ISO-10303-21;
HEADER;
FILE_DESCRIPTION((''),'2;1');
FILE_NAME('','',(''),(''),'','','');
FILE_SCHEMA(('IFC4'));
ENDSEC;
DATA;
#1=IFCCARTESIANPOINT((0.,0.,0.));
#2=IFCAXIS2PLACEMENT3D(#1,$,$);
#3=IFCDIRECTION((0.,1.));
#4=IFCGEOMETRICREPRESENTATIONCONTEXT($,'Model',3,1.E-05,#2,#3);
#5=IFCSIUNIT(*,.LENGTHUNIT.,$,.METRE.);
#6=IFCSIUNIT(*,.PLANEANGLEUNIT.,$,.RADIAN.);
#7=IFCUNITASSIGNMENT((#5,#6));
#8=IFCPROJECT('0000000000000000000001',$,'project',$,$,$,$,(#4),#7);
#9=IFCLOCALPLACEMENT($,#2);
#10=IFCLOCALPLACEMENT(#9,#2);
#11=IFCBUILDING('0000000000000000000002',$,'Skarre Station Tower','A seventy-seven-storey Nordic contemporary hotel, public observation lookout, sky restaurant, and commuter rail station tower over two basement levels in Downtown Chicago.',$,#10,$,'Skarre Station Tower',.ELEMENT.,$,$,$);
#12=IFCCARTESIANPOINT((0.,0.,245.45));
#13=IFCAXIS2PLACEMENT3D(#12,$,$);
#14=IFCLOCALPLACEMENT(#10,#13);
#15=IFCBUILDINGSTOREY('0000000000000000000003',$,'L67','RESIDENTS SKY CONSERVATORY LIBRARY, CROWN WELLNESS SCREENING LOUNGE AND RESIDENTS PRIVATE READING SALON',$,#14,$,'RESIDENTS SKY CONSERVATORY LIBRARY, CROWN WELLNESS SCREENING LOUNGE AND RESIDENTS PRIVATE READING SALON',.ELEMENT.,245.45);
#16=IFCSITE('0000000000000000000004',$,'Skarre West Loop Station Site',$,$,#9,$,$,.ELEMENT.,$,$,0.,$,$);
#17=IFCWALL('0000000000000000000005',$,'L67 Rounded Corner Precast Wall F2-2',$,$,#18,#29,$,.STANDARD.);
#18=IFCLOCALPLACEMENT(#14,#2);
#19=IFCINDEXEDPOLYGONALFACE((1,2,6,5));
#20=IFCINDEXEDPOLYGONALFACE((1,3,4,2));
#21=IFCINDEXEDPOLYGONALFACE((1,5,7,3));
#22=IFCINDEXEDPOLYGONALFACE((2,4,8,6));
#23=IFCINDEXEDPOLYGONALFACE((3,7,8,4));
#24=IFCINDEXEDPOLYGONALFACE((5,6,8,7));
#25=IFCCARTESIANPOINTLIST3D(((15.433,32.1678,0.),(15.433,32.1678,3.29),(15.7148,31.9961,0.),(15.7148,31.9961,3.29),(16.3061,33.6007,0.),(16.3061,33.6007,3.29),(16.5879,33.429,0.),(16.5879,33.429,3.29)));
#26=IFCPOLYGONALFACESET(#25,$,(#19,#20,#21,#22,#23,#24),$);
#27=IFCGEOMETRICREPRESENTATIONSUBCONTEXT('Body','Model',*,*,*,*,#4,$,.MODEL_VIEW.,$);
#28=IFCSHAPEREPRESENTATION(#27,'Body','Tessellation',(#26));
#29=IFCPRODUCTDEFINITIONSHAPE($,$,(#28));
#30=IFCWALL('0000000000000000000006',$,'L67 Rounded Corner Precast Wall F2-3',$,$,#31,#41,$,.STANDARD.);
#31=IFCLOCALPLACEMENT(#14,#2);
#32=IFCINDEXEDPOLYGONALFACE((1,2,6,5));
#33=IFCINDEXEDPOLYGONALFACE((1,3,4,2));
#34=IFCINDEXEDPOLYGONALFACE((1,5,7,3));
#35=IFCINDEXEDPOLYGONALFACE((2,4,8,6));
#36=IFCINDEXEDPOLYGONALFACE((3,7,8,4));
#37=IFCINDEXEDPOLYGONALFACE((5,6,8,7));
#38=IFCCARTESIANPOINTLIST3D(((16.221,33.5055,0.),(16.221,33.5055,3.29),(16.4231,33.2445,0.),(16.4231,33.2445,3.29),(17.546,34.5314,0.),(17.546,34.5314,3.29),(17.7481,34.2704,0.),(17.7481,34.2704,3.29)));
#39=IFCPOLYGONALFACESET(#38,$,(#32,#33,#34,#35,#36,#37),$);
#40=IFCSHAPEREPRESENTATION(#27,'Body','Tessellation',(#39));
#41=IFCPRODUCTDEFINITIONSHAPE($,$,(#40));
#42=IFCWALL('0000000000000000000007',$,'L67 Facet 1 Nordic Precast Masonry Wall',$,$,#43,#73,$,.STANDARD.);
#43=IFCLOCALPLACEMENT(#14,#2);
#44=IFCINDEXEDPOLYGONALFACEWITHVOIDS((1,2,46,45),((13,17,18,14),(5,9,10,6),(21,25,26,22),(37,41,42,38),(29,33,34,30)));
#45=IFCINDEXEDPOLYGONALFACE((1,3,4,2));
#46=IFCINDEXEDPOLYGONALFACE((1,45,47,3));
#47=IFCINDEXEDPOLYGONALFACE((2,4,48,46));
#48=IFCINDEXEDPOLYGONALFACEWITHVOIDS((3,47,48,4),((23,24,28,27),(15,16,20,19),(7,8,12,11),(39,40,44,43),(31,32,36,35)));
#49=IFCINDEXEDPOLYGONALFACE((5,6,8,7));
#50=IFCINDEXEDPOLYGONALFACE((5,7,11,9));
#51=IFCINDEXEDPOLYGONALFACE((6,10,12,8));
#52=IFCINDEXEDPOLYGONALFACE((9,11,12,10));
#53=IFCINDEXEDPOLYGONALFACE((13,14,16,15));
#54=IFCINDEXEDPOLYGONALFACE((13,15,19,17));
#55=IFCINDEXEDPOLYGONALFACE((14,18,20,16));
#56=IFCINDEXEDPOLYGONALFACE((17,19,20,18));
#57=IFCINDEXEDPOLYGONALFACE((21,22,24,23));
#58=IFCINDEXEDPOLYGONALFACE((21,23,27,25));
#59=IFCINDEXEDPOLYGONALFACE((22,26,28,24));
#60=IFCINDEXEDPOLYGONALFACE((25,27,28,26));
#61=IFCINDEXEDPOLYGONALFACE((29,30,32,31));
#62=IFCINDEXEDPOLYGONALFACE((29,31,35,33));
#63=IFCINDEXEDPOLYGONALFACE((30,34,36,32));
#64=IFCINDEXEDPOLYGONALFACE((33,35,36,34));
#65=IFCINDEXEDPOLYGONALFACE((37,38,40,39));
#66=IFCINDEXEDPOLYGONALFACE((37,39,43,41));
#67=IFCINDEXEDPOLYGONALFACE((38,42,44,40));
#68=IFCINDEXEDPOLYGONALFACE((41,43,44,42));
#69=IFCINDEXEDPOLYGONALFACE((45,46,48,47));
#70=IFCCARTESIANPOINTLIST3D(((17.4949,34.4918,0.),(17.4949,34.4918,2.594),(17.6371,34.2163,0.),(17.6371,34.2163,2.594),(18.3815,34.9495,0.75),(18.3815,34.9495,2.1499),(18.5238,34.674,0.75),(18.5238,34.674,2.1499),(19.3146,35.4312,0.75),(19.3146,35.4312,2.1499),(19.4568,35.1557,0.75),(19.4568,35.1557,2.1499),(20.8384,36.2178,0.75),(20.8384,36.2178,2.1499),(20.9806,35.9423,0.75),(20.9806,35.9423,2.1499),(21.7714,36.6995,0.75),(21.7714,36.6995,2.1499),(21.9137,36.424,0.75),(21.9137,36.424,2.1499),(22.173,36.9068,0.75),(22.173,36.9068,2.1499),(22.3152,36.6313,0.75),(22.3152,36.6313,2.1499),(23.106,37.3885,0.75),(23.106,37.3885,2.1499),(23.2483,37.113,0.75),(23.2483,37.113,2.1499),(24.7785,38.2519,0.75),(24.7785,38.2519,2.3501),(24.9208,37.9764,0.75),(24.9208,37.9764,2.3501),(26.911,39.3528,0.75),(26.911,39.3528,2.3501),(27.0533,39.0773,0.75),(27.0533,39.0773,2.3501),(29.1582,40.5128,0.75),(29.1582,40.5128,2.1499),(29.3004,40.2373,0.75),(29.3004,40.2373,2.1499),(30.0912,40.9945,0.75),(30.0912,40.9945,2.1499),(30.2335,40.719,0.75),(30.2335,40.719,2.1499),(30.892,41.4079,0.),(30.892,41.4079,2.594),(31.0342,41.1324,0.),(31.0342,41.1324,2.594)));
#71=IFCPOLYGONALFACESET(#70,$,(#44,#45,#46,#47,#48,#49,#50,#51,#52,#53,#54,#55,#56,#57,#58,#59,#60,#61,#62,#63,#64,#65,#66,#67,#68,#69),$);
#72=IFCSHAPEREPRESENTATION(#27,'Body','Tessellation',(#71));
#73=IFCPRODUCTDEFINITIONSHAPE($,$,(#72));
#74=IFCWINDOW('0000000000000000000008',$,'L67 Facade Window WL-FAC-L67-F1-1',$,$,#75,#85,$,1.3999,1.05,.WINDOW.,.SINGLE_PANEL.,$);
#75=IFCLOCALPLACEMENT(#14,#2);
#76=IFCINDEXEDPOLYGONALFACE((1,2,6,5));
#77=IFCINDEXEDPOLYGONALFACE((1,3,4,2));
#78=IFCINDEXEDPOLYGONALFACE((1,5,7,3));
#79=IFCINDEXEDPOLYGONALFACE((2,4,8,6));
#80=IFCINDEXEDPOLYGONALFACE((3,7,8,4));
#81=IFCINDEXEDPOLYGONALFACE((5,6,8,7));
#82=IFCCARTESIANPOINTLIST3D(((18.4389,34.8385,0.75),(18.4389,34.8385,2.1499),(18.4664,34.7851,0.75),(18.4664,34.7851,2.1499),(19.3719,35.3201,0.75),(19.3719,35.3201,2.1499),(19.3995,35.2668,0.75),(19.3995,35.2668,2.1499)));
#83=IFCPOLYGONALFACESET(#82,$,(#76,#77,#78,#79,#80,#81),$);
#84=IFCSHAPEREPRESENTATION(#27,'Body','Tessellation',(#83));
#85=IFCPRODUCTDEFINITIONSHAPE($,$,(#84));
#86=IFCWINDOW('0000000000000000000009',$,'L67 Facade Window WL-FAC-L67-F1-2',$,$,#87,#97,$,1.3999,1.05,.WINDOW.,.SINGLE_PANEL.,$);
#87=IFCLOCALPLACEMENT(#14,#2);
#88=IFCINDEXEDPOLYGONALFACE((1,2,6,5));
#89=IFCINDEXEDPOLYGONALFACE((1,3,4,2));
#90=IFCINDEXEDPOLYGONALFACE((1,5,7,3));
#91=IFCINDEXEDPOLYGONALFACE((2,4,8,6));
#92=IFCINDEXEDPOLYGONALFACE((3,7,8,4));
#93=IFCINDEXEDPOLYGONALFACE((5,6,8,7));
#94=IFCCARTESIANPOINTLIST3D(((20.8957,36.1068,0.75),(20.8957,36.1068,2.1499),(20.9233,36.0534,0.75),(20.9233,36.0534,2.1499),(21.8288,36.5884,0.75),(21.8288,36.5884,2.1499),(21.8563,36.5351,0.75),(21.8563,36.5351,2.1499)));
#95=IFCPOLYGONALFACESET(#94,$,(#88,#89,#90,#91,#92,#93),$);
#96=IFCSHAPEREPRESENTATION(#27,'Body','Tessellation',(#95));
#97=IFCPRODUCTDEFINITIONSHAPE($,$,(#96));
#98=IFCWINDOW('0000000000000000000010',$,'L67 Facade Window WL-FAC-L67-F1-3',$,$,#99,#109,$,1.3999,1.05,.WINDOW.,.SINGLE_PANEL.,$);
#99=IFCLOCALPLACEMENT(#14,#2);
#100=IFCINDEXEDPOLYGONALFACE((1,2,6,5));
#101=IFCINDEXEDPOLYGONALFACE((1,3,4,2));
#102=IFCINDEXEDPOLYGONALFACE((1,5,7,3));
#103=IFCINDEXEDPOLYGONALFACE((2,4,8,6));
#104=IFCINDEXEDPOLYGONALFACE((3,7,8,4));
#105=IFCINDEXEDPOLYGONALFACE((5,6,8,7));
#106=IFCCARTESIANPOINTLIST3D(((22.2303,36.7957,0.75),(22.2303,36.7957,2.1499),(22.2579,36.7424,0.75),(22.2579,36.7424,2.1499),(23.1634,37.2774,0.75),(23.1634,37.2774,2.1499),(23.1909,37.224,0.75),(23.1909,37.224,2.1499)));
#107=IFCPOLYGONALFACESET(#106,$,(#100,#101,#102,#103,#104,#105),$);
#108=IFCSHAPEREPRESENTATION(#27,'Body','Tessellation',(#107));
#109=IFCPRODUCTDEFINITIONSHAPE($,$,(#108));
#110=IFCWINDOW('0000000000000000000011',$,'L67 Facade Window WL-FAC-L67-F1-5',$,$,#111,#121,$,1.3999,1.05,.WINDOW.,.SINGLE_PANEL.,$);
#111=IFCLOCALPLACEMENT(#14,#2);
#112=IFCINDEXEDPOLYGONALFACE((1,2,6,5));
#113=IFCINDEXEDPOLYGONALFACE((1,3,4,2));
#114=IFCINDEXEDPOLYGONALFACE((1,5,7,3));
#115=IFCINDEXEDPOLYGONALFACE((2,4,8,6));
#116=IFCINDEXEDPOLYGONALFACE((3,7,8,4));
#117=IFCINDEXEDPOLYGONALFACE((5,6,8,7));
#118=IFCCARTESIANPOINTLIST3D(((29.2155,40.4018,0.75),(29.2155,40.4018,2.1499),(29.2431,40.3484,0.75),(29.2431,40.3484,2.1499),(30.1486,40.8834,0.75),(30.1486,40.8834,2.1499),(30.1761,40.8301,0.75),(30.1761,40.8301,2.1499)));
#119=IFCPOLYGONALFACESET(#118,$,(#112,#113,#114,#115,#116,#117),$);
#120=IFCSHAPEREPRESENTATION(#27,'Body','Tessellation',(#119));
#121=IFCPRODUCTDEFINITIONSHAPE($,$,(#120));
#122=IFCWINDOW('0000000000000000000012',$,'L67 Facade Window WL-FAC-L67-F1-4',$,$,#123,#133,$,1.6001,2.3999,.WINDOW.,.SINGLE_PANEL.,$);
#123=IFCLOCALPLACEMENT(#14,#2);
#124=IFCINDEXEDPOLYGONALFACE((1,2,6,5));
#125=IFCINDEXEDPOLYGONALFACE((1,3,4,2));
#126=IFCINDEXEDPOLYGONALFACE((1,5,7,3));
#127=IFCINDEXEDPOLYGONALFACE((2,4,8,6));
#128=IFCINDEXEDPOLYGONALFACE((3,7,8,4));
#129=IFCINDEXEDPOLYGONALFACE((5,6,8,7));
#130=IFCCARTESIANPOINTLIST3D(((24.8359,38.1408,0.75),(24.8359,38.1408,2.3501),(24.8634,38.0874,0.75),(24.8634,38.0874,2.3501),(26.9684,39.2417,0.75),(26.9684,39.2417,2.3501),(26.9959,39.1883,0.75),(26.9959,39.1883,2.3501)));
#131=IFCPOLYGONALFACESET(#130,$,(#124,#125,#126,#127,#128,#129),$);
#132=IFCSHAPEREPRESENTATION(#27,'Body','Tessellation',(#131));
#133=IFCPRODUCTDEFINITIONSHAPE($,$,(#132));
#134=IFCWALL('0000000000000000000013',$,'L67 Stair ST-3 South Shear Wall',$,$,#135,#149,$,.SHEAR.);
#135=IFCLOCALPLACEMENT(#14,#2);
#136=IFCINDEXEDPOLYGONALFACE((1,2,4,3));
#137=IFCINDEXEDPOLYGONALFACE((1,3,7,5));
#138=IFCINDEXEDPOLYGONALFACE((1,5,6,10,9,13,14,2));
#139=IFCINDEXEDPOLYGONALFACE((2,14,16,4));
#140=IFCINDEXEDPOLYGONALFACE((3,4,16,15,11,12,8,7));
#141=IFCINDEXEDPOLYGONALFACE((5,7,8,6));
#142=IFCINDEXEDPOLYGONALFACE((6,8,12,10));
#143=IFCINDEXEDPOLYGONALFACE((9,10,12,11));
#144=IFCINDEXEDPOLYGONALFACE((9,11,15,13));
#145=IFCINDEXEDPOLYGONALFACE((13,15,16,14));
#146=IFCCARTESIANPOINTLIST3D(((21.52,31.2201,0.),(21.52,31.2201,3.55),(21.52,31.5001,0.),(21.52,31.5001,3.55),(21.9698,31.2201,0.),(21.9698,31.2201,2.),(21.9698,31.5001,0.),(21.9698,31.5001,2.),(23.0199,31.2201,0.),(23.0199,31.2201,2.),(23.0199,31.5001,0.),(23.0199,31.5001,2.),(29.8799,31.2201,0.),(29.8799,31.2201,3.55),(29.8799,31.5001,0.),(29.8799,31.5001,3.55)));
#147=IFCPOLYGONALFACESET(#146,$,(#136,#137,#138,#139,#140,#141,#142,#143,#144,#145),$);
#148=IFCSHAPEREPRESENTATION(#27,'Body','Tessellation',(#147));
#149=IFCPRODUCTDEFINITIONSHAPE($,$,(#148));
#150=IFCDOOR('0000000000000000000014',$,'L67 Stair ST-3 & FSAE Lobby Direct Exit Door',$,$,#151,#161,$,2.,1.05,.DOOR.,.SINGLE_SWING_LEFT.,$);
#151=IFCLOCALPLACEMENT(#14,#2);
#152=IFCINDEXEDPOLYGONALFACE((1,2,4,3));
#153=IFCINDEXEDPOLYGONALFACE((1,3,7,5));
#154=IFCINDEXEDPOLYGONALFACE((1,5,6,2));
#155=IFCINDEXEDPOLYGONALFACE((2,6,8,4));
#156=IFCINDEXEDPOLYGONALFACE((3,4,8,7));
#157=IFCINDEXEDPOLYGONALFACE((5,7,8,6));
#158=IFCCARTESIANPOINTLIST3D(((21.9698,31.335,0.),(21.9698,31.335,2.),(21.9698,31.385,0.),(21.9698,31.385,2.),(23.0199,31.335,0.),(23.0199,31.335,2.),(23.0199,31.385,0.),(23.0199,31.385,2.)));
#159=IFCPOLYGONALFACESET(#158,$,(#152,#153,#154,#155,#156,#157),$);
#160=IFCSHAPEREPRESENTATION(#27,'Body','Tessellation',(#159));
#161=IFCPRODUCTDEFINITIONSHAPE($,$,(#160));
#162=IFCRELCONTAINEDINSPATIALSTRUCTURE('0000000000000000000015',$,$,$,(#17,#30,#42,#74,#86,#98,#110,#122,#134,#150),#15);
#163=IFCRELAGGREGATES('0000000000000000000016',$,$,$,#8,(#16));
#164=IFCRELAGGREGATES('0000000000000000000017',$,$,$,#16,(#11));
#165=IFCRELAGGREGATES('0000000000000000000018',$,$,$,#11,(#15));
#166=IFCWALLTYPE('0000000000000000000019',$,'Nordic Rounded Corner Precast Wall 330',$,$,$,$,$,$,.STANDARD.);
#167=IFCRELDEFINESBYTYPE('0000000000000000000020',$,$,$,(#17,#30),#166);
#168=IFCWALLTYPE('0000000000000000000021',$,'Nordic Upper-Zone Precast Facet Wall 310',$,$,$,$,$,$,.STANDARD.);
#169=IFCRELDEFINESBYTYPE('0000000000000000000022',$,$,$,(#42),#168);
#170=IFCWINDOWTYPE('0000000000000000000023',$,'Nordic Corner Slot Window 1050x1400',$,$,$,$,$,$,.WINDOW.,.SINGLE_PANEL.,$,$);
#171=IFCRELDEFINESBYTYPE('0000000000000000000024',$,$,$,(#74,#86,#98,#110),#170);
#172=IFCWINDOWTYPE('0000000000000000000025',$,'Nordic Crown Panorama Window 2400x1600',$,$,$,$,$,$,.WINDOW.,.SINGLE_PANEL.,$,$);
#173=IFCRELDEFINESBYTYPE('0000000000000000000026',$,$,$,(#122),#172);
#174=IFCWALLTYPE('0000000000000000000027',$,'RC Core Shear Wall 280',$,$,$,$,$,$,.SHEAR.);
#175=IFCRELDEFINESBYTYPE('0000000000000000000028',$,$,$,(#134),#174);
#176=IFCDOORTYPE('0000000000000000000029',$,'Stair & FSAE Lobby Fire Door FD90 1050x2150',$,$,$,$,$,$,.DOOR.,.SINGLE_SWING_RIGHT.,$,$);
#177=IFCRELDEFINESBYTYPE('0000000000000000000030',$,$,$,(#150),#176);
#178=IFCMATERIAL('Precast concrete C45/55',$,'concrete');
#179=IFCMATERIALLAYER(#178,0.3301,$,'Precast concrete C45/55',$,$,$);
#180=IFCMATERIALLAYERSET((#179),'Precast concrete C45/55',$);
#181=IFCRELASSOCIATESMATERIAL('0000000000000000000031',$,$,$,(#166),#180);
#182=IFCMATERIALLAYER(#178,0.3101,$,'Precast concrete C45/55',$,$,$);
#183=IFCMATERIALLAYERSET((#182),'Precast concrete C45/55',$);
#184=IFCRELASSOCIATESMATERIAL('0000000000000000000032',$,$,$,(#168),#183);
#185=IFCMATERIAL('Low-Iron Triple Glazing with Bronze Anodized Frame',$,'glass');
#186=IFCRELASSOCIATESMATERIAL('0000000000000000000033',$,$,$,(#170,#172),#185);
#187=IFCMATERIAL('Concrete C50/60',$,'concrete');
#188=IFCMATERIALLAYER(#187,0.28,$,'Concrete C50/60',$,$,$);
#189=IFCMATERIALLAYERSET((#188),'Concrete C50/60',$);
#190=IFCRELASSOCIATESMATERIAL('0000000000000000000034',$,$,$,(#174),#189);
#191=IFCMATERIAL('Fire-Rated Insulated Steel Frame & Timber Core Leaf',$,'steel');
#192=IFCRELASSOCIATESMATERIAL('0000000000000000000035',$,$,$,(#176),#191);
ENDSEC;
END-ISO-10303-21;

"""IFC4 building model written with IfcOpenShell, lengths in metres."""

from ifc_helpers import new_model, si_unit, direction, frame, frame_2d, origin, place, context, subcontext, project, spatial, rectangle, extrude, material, layer, layer_set, type_object, element, fill, save


model = new_model("IFC4")

# Units and contexts
model_context = context("Model", 3, precision=1e-05, world=origin(), true_north=direction((0.0, 1.0)))
body_context = subcontext(model_context, "Body", "Model", "MODEL_VIEW")
ifc_project = project(units=[si_unit("LENGTHUNIT", "METRE"), si_unit("PLANEANGLEUNIT", "RADIAN")], contexts=[model_context])

# Site, building, storey
site_placement = place(None, origin())
site = spatial("IfcSite", under=ifc_project, at=site_placement, Name="Skarre West Loop Station Site", CompositionType="ELEMENT", RefElevation=0.0)
building_placement = place(site_placement, origin())
building = spatial("IfcBuilding", under=site, at=building_placement, Name="Skarre Station Tower", Description="A seventy-seven-storey Nordic contemporary hotel, public observation lookout, sky restaurant, and commuter rail station tower over two basement levels in Downtown Chicago.", LongName="Skarre Station Tower", CompositionType="ELEMENT")
storey_placement = place(building_placement, frame((0.0, 0.0, 245.45)))
storey = spatial("IfcBuildingStorey", under=building, at=storey_placement, Name="L67", Description="RESIDENTS SKY CONSERVATORY LIBRARY, CROWN WELLNESS SCREENING LOUNGE AND RESIDENTS PRIVATE READING SALON", LongName="RESIDENTS SKY CONSERVATORY LIBRARY, CROWN WELLNESS SCREENING LOUNGE AND RESIDENTS PRIVATE READING SALON", CompositionType="ELEMENT", Elevation=245.45)

# Shared definitions
ifc_material_1 = material(Name="Concrete C50/60", Category="concrete")

# Walls
ifc_material_2 = material(Name="Precast concrete C45/55", Category="concrete")
ifc_layer_1 = layer(ifc_material_2, 0.3301, Name="Precast concrete C45/55")
ifc_layer_set_1 = layer_set([ifc_layer_1], Name="Precast concrete C45/55")
wall_type_1 = type_object("IfcWallType", Name="Nordic Rounded Corner Precast Wall 330", PredefinedType="STANDARD", material=ifc_layer_set_1)
wall_1_placement = place(storey_placement, frame((15.574, 32.082, 0.0), z_axis=(0.0, 0.0, 1.0), x_axis=(0.520325, 0.853968, 0.0)))
element("IfcWall", 1, at=wall_1_placement, inside=storey, type_object=wall_type_1, Name="L67 Rounded Corner Precast Wall F2-2", PredefinedType="STANDARD", context=body_context, shape_type="SweptSolid", body=[
    extrude(rectangle(XDim=1.678, YDim=0.3301, at=frame_2d((0.8389, 0.0))), origin(), (0.0, 0.0, 1.0), 3.29),
])
wall_2_placement = place(storey_placement, frame((16.322, 33.375, 0.0), z_axis=(0.0, 0.0, 1.0), x_axis=(0.790692, 0.612214, 0.0)))
element("IfcWall", 2, at=wall_2_placement, inside=storey, type_object=wall_type_1, Name="L67 Rounded Corner Precast Wall F2-3", PredefinedType="STANDARD", context=body_context, shape_type="SweptSolid", body=[
    extrude(rectangle(XDim=1.6758, YDim=0.3301, at=frame_2d((0.8379, 0.0))), origin(), (0.0, 0.0, 1.0), 3.29),
])

# Wall, openings, windows
ifc_layer_2 = layer(ifc_material_2, 0.3101, Name="Precast concrete C45/55")
ifc_layer_set_2 = layer_set([ifc_layer_2], Name="Precast concrete C45/55")
wall_type_2 = type_object("IfcWallType", Name="Nordic Upper-Zone Precast Facet Wall 310", PredefinedType="STANDARD", material=ifc_layer_set_2)
wall_3_placement = place(storey_placement, frame((17.5659, 34.354, 0.0), z_axis=(0.0, 0.0, 1.0), x_axis=(0.888581, 0.458719, 0.0)))
wall_3 = element("IfcWall", 3, at=wall_3_placement, inside=storey, type_object=wall_type_2, Name="L67 Facet 1 Nordic Precast Masonry Wall", PredefinedType="STANDARD", context=body_context, shape_type="SweptSolid", body=[
    extrude(rectangle(XDim=15.0769, YDim=0.3101, at=frame_2d((7.5386, 0.0))), origin(), (0.0, 0.0, 1.0), 2.594),
])
opening_1_placement = place(wall_3_placement, frame((0.998, 0.0, 0.75)))
opening_1 = element("IfcOpeningElement", 4, at=opening_1_placement, cuts=wall_3, PredefinedType="OPENING", context=body_context, shape_type="SweptSolid", body=[
    extrude(rectangle(XDim=1.05, YDim=1.3999, at=frame_2d((0.5249, 0.7))), frame((0.0, 0.165, 0.0), z_axis=(0.0, -1.0, 0.0), x_axis=(1.0, 0.0, 0.0)), (0.0, 0.0, 1.0), 0.3301),
])
opening_2_placement = place(wall_3_placement, frame((3.7629, 0.0, 0.75)))
opening_2 = element("IfcOpeningElement", 5, at=opening_2_placement, cuts=wall_3, PredefinedType="OPENING", context=body_context, shape_type="SweptSolid", body=[
    extrude(rectangle(XDim=1.05, YDim=1.3999, at=frame_2d((0.5249, 0.7))), frame((0.0, 0.165, 0.0), z_axis=(0.0, -1.0, 0.0), x_axis=(1.0, 0.0, 0.0)), (0.0, 0.0, 1.0), 0.3301),
])
opening_3_placement = place(wall_3_placement, frame((5.2649, 0.0, 0.75)))
opening_3 = element("IfcOpeningElement", 6, at=opening_3_placement, cuts=wall_3, PredefinedType="OPENING", context=body_context, shape_type="SweptSolid", body=[
    extrude(rectangle(XDim=1.05, YDim=1.3999, at=frame_2d((0.5249, 0.7))), frame((0.0, 0.165, 0.0), z_axis=(0.0, -1.0, 0.0), x_axis=(1.0, 0.0, 0.0)), (0.0, 0.0, 1.0), 0.3301),
])
opening_4_placement = place(wall_3_placement, frame((8.197, 0.0, 0.75)))
opening_4 = element("IfcOpeningElement", 7, at=opening_4_placement, cuts=wall_3, PredefinedType="OPENING", context=body_context, shape_type="SweptSolid", body=[
    extrude(rectangle(XDim=2.3999, YDim=1.6001, at=frame_2d((1.2, 0.8))), frame((0.0, 0.165, 0.0), z_axis=(0.0, -1.0, 0.0), x_axis=(1.0, 0.0, 0.0)), (0.0, 0.0, 1.0), 0.3301),
])
opening_5_placement = place(wall_3_placement, frame((13.126, 0.0, 0.75)))
opening_5 = element("IfcOpeningElement", 8, at=opening_5_placement, cuts=wall_3, PredefinedType="OPENING", context=body_context, shape_type="SweptSolid", body=[
    extrude(rectangle(XDim=1.05, YDim=1.3999, at=frame_2d((0.5249, 0.7))), frame((0.0, 0.165, 0.0), z_axis=(0.0, -1.0, 0.0), x_axis=(1.0, 0.0, 0.0)), (0.0, 0.0, 1.0), 0.3301),
])
ifc_material_3 = material(Name="Low-Iron Triple Glazing with Bronze Anodized Frame", Category="glass")
window_type_1 = type_object("IfcWindowType", Name="Nordic Corner Slot Window 1050x1400", PartitioningType="SINGLE_PANEL", PredefinedType="WINDOW", material=ifc_material_3)
window_1_placement = place(opening_1_placement, origin())
window_1 = element("IfcWindow", 9, at=window_1_placement, inside=storey, type_object=window_type_1, Name="L67 Facade Window WL-FAC-L67-F1-1", OverallHeight=1.3999, OverallWidth=1.05, PartitioningType="SINGLE_PANEL", PredefinedType="WINDOW", context=body_context, shape_type="SweptSolid", body=[
    extrude(rectangle(XDim=1.05, YDim=1.3999, at=frame_2d((0.5249, 0.7))), frame((0.0, 0.03, 0.0), z_axis=(0.0, -1.0, 0.0), x_axis=(1.0, 0.0, 0.0)), (0.0, 0.0, 1.0), 0.0601),
])
fill(opening_1, window_1)
window_2_placement = place(opening_2_placement, origin())
window_2 = element("IfcWindow", 10, at=window_2_placement, inside=storey, type_object=window_type_1, Name="L67 Facade Window WL-FAC-L67-F1-2", OverallHeight=1.3999, OverallWidth=1.05, PartitioningType="SINGLE_PANEL", PredefinedType="WINDOW", context=body_context, shape_type="SweptSolid", body=[
    extrude(rectangle(XDim=1.05, YDim=1.3999, at=frame_2d((0.5249, 0.7))), frame((0.0, 0.03, 0.0), z_axis=(0.0, -1.0, 0.0), x_axis=(1.0, 0.0, 0.0)), (0.0, 0.0, 1.0), 0.0601),
])
fill(opening_2, window_2)
window_3_placement = place(opening_3_placement, origin())
window_3 = element("IfcWindow", 11, at=window_3_placement, inside=storey, type_object=window_type_1, Name="L67 Facade Window WL-FAC-L67-F1-3", OverallHeight=1.3999, OverallWidth=1.05, PartitioningType="SINGLE_PANEL", PredefinedType="WINDOW", context=body_context, shape_type="SweptSolid", body=[
    extrude(rectangle(XDim=1.05, YDim=1.3999, at=frame_2d((0.5249, 0.7))), frame((0.0, 0.03, 0.0), z_axis=(0.0, -1.0, 0.0), x_axis=(1.0, 0.0, 0.0)), (0.0, 0.0, 1.0), 0.0601),
])
fill(opening_3, window_3)
window_4_placement = place(opening_5_placement, origin())
window_4 = element("IfcWindow", 12, at=window_4_placement, inside=storey, type_object=window_type_1, Name="L67 Facade Window WL-FAC-L67-F1-5", OverallHeight=1.3999, OverallWidth=1.05, PartitioningType="SINGLE_PANEL", PredefinedType="WINDOW", context=body_context, shape_type="SweptSolid", body=[
    extrude(rectangle(XDim=1.05, YDim=1.3999, at=frame_2d((0.5249, 0.7))), frame((0.0, 0.03, 0.0), z_axis=(0.0, -1.0, 0.0), x_axis=(1.0, 0.0, 0.0)), (0.0, 0.0, 1.0), 0.0601),
])
fill(opening_5, window_4)
window_type_2 = type_object("IfcWindowType", Name="Nordic Crown Panorama Window 2400x1600", PartitioningType="SINGLE_PANEL", PredefinedType="WINDOW", material=ifc_material_3)
window_5_placement = place(opening_4_placement, origin())
window_5 = element("IfcWindow", 13, at=window_5_placement, inside=storey, type_object=window_type_2, Name="L67 Facade Window WL-FAC-L67-F1-4", OverallHeight=1.6001, OverallWidth=2.3999, PartitioningType="SINGLE_PANEL", PredefinedType="WINDOW", context=body_context, shape_type="SweptSolid", body=[
    extrude(rectangle(XDim=2.3999, YDim=1.6001, at=frame_2d((1.2, 0.8))), frame((0.0, 0.03, 0.0), z_axis=(0.0, -1.0, 0.0), x_axis=(1.0, 0.0, 0.0)), (0.0, 0.0, 1.0), 0.0601),
])
fill(opening_4, window_5)

# Wall, opening, door
ifc_layer_3 = layer(ifc_material_1, 0.28, Name="Concrete C50/60")
ifc_layer_set_3 = layer_set([ifc_layer_3], Name="Concrete C50/60")
wall_type_3 = type_object("IfcWallType", Name="RC Core Shear Wall 280", PredefinedType="SHEAR", material=ifc_layer_set_3)
wall_4_placement = place(storey_placement, frame((21.52, 31.3601, 0.0), z_axis=(0.0, 0.0, 1.0), x_axis=(1.0, 0.0, 0.0)))
wall_4 = element("IfcWall", 14, at=wall_4_placement, inside=storey, type_object=wall_type_3, Name="L67 Stair ST-3 South Shear Wall", PredefinedType="SHEAR", context=body_context, shape_type="SweptSolid", body=[
    extrude(rectangle(XDim=8.3599, YDim=0.28, at=frame_2d((4.1799, 0.0))), origin(), (0.0, 0.0, 1.0), 3.55),
])
opening_6_placement = place(wall_4_placement, frame((0.45, 0.0, 0.0)))
opening_6 = element("IfcOpeningElement", 15, at=opening_6_placement, cuts=wall_4, PredefinedType="OPENING", context=body_context, shape_type="SweptSolid", body=[
    extrude(rectangle(XDim=1.05, YDim=2.0, at=frame_2d((0.5249, 1.0))), frame((0.0, 0.1499, 0.0), z_axis=(0.0, -1.0, 0.0), x_axis=(1.0, 0.0, 0.0)), (0.0, 0.0, 1.0), 0.3),
])
ifc_material_4 = material(Name="Fire-Rated Insulated Steel Frame & Timber Core Leaf", Category="steel")
door_type_1 = type_object("IfcDoorType", Name="Stair & FSAE Lobby Fire Door FD90 1050x2150", OperationType="SINGLE_SWING_RIGHT", PredefinedType="DOOR", material=ifc_material_4)
door_1_placement = place(opening_6_placement, origin())
door_1 = element("IfcDoor", 16, at=door_1_placement, inside=storey, type_object=door_type_1, Name="L67 Stair ST-3 & FSAE Lobby Direct Exit Door", OperationType="SINGLE_SWING_LEFT", OverallHeight=2.0, OverallWidth=1.05, PredefinedType="DOOR", context=body_context, shape_type="SweptSolid", body=[
    extrude(rectangle(XDim=1.05, YDim=2.0, at=frame_2d((0.5249, 1.0))), frame((0.0, 0.0249, 0.0), z_axis=(0.0, -1.0, 0.0), x_axis=(1.0, 0.0, 0.0)), (0.0, 0.0, 1.0), 0.05),
])
fill(opening_6, door_1)

save(model, "model.ifc")
